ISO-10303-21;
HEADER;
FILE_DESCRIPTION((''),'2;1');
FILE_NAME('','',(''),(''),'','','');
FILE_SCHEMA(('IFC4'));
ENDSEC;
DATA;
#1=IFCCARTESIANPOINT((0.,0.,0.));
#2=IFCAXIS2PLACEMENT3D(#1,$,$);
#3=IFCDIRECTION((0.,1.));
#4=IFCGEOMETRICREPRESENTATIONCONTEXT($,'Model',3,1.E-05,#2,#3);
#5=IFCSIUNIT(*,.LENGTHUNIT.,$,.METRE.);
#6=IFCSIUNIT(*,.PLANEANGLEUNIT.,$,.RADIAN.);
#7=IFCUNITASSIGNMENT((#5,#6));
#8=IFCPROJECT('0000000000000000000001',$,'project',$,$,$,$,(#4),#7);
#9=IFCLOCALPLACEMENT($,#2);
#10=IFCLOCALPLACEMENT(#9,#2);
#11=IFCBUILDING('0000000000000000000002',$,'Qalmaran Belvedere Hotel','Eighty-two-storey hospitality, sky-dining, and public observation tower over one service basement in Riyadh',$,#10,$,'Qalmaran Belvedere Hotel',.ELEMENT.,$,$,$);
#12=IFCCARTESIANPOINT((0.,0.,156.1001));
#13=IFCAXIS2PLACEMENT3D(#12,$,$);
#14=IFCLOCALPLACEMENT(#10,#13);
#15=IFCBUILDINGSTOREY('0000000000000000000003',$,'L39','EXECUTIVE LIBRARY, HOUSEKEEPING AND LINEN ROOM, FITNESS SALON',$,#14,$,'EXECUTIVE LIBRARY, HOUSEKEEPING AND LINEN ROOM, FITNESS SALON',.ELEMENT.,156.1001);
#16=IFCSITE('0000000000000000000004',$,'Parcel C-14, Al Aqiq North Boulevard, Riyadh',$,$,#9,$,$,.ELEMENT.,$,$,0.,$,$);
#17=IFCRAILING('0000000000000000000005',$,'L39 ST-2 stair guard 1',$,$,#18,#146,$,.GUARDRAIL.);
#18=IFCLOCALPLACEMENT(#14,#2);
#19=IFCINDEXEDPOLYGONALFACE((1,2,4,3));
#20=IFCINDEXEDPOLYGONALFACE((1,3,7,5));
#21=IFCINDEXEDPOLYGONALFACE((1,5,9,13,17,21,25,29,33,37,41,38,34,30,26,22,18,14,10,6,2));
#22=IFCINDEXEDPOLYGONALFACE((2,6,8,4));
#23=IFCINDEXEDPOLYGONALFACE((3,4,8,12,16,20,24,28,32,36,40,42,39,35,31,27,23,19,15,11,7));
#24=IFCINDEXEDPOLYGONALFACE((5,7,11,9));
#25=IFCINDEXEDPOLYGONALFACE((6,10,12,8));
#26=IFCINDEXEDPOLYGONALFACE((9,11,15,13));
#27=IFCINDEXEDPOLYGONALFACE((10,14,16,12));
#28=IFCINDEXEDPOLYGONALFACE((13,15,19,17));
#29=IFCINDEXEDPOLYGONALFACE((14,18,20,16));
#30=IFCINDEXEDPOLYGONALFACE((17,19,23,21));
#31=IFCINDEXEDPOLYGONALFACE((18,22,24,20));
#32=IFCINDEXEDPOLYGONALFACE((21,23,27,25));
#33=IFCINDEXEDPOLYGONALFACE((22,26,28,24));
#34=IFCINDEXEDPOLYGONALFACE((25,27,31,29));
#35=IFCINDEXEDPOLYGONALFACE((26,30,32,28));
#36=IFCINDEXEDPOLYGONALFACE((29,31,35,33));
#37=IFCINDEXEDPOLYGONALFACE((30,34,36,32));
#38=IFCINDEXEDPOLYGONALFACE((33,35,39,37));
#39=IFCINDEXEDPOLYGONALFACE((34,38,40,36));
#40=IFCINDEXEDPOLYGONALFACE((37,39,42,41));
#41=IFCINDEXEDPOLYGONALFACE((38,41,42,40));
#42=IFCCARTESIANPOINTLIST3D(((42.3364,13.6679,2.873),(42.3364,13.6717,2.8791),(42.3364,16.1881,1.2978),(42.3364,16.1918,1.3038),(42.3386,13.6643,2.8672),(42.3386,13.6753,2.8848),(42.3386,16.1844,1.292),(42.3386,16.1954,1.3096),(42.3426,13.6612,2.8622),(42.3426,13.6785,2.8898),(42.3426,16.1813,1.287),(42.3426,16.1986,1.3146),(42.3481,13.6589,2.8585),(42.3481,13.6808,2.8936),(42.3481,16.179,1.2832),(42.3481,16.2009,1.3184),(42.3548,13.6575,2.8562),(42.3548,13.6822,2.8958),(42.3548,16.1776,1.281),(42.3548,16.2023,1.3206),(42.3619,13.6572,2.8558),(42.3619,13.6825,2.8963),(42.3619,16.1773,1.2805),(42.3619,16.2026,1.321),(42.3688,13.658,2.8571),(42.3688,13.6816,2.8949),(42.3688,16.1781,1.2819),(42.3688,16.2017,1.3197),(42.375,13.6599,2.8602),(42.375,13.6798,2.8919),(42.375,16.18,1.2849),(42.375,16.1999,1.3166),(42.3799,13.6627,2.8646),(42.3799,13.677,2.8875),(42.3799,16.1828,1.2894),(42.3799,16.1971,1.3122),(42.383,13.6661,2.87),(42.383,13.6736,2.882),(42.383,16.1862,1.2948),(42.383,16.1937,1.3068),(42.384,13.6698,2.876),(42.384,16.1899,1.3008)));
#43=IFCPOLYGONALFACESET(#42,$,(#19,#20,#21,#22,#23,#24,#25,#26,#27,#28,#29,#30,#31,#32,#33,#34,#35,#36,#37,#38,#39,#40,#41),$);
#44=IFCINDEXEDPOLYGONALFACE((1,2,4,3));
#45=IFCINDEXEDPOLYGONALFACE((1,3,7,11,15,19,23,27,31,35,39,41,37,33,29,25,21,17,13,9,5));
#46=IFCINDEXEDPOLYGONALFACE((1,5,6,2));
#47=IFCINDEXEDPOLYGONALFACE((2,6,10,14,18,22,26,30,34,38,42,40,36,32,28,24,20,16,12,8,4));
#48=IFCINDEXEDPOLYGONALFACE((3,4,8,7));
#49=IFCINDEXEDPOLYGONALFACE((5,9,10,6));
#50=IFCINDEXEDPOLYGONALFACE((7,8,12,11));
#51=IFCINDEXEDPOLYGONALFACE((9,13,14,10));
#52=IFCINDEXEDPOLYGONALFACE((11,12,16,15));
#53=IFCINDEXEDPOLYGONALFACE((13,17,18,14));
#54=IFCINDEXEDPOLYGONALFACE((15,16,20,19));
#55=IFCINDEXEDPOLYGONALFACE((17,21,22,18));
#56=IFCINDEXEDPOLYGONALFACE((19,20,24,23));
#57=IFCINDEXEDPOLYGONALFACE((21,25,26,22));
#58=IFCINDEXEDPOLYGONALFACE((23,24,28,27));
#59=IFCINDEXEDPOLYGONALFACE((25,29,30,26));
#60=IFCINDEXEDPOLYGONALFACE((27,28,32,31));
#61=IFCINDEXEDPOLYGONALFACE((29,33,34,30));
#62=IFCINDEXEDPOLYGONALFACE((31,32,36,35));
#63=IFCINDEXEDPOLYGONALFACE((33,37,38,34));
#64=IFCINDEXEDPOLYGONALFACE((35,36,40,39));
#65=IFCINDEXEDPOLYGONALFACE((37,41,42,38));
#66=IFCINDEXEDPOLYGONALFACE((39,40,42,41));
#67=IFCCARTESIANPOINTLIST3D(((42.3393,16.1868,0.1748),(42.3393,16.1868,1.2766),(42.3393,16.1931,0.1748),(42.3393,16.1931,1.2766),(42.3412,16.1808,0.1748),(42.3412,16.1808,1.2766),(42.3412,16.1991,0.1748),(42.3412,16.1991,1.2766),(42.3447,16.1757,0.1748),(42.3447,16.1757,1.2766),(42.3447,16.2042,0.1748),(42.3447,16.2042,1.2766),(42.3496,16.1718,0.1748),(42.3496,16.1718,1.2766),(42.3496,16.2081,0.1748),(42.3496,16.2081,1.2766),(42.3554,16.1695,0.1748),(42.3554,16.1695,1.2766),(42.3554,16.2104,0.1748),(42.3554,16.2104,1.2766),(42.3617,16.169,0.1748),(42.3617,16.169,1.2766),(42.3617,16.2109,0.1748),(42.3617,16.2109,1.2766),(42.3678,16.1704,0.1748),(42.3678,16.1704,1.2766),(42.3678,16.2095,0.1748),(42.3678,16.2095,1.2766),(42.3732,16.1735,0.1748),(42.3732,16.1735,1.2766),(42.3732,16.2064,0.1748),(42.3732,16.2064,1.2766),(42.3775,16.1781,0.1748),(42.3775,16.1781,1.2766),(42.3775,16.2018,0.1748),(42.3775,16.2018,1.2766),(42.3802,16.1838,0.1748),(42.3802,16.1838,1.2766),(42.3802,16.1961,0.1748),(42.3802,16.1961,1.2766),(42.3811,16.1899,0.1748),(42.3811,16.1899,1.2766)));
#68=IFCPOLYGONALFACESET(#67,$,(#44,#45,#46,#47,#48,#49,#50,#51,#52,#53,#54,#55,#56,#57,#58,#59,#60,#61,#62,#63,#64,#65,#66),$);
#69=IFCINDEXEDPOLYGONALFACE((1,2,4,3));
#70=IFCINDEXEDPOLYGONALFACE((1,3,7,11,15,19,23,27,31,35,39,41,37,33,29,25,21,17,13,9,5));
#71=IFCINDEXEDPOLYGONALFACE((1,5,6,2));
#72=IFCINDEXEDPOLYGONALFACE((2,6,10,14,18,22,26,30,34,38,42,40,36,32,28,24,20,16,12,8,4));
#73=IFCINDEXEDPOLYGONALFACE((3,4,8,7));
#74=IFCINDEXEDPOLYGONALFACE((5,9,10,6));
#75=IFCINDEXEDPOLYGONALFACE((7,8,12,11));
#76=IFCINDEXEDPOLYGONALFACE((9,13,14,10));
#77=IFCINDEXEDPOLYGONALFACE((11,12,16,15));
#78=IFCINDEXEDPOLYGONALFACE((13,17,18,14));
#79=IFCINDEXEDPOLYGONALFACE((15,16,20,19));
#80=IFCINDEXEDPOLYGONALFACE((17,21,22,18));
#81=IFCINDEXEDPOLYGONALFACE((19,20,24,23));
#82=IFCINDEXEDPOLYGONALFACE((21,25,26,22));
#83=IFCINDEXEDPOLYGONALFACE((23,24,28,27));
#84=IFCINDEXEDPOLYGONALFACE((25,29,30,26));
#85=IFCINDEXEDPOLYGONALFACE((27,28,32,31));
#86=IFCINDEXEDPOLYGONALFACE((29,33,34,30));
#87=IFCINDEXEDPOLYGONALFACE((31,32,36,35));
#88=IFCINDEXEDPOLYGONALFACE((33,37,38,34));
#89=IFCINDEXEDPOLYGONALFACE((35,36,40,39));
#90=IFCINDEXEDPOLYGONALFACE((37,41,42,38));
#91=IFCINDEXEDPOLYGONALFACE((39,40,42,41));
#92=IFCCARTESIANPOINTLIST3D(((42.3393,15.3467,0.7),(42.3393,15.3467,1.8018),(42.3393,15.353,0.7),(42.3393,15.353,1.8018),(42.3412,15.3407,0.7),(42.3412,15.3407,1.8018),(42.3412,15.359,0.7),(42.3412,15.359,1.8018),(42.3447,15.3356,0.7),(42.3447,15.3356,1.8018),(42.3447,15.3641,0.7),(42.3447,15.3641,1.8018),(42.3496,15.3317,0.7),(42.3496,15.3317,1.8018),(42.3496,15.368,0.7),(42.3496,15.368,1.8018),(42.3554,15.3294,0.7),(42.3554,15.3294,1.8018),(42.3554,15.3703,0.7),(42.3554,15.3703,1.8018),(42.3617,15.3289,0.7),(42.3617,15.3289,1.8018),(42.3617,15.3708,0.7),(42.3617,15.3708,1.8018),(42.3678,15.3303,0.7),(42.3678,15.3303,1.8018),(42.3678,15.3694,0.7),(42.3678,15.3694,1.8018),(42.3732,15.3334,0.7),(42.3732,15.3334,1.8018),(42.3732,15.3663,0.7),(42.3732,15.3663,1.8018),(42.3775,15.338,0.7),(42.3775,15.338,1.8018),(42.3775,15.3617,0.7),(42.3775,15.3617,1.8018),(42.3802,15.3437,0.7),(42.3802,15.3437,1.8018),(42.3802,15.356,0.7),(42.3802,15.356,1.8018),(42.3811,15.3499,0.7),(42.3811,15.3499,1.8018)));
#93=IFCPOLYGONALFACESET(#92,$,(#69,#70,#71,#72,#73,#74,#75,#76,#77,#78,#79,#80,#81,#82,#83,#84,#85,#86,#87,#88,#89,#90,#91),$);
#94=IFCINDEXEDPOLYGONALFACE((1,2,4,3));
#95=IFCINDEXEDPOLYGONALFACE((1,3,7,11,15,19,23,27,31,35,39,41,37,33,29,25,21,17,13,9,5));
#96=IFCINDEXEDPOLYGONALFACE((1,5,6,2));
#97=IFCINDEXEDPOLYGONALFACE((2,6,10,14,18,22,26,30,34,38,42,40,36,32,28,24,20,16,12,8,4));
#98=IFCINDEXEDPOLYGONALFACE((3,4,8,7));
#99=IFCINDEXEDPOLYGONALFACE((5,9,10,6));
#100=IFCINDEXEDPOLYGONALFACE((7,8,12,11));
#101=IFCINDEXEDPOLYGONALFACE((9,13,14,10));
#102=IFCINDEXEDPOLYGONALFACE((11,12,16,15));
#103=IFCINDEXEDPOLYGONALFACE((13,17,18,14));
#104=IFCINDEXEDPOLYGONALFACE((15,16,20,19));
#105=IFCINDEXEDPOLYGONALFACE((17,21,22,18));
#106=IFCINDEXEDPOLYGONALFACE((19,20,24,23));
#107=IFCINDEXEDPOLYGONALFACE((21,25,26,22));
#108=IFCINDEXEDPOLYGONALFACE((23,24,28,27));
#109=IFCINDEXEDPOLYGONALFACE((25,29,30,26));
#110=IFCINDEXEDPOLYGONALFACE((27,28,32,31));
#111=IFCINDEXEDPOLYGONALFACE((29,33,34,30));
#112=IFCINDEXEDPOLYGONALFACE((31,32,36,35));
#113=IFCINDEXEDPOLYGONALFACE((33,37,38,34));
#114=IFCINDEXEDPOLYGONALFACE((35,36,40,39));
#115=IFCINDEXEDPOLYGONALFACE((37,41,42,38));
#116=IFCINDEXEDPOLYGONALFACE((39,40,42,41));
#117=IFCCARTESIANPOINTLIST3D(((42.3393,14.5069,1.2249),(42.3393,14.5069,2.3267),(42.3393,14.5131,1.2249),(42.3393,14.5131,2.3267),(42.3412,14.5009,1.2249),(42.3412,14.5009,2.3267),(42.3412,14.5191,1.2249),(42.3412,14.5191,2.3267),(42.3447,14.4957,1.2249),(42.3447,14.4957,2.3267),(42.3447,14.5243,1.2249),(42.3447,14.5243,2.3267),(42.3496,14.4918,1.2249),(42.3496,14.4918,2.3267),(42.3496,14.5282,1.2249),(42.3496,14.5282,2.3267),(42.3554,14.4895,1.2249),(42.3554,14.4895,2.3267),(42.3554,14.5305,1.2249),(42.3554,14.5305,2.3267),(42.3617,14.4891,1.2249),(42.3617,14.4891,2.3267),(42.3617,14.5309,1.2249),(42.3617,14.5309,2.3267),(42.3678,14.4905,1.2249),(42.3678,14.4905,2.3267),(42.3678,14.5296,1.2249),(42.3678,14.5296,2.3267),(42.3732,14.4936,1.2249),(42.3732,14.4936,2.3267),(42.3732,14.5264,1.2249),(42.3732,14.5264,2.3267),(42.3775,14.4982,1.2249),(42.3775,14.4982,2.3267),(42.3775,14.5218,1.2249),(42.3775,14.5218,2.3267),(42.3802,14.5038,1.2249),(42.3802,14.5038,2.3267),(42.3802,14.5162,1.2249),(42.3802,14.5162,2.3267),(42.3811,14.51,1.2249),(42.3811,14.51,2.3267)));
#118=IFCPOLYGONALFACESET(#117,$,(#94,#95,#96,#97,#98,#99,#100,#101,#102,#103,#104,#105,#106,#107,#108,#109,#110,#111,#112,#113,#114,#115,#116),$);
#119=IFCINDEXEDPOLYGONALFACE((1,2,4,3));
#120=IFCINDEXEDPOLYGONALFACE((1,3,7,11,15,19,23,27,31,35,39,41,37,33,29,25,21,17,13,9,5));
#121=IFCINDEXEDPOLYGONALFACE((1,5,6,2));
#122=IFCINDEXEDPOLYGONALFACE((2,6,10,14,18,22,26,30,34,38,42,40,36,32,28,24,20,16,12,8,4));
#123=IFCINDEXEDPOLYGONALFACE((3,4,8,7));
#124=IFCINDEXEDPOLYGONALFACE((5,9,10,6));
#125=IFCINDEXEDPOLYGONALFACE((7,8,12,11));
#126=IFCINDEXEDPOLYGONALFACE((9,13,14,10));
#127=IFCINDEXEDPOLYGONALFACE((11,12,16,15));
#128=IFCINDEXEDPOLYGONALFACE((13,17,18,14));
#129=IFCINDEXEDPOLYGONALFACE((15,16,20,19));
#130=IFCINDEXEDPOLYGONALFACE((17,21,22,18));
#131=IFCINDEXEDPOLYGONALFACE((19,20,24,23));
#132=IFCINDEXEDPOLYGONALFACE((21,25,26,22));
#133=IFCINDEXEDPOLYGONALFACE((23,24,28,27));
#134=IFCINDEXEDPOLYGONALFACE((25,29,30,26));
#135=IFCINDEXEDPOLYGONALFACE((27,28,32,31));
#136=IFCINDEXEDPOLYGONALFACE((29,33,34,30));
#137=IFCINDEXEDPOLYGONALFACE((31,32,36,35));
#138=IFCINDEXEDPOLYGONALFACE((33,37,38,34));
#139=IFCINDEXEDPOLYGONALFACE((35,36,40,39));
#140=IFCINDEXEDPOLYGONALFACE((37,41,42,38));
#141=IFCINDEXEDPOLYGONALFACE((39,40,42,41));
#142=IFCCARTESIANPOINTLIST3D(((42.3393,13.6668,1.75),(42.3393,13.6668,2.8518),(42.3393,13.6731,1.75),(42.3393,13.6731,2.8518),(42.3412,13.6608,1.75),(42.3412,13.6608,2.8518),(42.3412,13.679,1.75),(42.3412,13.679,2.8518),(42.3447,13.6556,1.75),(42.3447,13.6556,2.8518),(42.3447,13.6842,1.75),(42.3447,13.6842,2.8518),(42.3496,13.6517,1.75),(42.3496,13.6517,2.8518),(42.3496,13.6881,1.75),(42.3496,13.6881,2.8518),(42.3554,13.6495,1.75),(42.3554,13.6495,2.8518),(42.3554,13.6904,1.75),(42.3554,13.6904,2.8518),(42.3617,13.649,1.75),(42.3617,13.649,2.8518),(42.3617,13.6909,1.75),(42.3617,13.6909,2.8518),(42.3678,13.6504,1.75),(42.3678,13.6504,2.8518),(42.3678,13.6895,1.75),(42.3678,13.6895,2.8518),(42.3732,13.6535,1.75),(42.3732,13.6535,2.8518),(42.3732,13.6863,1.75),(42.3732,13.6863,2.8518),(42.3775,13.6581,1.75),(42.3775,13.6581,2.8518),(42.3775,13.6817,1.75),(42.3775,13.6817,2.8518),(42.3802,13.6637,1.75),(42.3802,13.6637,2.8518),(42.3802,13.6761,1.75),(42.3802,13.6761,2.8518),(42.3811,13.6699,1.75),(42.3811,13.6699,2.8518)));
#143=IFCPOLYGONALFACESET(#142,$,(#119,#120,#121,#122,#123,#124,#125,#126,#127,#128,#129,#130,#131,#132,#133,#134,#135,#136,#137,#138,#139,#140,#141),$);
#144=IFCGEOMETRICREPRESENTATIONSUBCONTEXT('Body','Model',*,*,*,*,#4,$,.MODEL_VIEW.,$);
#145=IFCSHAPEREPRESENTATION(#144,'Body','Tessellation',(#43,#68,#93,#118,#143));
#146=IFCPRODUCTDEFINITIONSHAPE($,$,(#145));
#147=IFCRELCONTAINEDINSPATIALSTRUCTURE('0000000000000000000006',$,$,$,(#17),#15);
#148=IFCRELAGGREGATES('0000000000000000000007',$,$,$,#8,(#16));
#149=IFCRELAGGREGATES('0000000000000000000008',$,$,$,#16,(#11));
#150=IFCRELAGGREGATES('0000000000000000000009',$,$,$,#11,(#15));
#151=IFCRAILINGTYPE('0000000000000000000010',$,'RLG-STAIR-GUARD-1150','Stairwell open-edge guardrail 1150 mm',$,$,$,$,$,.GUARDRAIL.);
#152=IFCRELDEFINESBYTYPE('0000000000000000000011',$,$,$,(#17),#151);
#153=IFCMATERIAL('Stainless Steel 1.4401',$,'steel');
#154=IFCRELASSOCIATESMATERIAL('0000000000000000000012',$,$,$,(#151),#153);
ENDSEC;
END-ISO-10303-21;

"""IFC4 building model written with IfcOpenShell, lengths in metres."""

from ifc_helpers import new_model, si_unit, direction, frame, origin, origin_2d, place, context, subcontext, project, spatial, circle, extrude, material, type_object, element, save


model = new_model("IFC4")

# Units and contexts
model_context = context("Model", 3, precision=1e-05, world=origin(), true_north=direction((0.0, 1.0)))
body_context = subcontext(model_context, "Body", "Model", "MODEL_VIEW")
ifc_project = project(units=[si_unit("LENGTHUNIT", "METRE"), si_unit("PLANEANGLEUNIT", "RADIAN")], contexts=[model_context])

# Site, building, storey
site_placement = place(None, origin())
site = spatial("IfcSite", under=ifc_project, at=site_placement, Name="Parcel C-14, Al Aqiq North Boulevard, Riyadh", CompositionType="ELEMENT", RefElevation=0.0)
building_placement = place(site_placement, origin())
building = spatial("IfcBuilding", under=site, at=building_placement, Name="Qalmaran Belvedere Hotel", Description="Eighty-two-storey hospitality, sky-dining, and public observation tower over one service basement in Riyadh", LongName="Qalmaran Belvedere Hotel", CompositionType="ELEMENT")
storey_placement = place(building_placement, frame((0.0, 0.0, 156.1001)))
storey = spatial("IfcBuildingStorey", under=building, at=storey_placement, Name="L39", Description="EXECUTIVE LIBRARY, HOUSEKEEPING AND LINEN ROOM, FITNESS SALON", LongName="EXECUTIVE LIBRARY, HOUSEKEEPING AND LINEN ROOM, FITNESS SALON", CompositionType="ELEMENT", Elevation=156.1001)

# Railing
ifc_material_1 = material(Name="Stainless Steel 1.4401", Category="steel")
railing_type_1 = type_object("IfcRailingType", Name="RLG-STAIR-GUARD-1150", Description="Stairwell open-edge guardrail 1150 mm", PredefinedType="GUARDRAIL", material=ifc_material_1)
railing_1_placement = place(storey_placement, frame((42.3601, 16.1899, 0.1748)))
element("IfcRailing", 1, at=railing_1_placement, inside=storey, type_object=railing_type_1, Name="L39 ST-2 stair guard 1", PredefinedType="GUARDRAIL", context=body_context, shape_type="SweptSolid", body=[
    extrude(circle(Radius=0.0239, at=origin_2d()), frame((0.0, 0.0, 1.126), z_axis=(0.0, -0.847971, 0.530043), x_axis=(1.0, 0.0, 0.0)), (0.0, 0.0, 1.0), 2.9719),
    extrude(circle(Radius=0.021, at=origin_2d()), origin(), (0.0, 0.0, 1.0), 1.1018),
    extrude(circle(Radius=0.021, at=origin_2d()), frame((0.0, -0.8401, 0.5251)), (0.0, 0.0, 1.0), 1.1018),
    extrude(circle(Radius=0.021, at=origin_2d()), frame((0.0, -1.6799, 1.05)), (0.0, 0.0, 1.0), 1.1018),
    extrude(circle(Radius=0.021, at=origin_2d()), frame((0.0, -2.52, 1.5752)), (0.0, 0.0, 1.0), 1.1018),
])

save(model, "model.ifc")
